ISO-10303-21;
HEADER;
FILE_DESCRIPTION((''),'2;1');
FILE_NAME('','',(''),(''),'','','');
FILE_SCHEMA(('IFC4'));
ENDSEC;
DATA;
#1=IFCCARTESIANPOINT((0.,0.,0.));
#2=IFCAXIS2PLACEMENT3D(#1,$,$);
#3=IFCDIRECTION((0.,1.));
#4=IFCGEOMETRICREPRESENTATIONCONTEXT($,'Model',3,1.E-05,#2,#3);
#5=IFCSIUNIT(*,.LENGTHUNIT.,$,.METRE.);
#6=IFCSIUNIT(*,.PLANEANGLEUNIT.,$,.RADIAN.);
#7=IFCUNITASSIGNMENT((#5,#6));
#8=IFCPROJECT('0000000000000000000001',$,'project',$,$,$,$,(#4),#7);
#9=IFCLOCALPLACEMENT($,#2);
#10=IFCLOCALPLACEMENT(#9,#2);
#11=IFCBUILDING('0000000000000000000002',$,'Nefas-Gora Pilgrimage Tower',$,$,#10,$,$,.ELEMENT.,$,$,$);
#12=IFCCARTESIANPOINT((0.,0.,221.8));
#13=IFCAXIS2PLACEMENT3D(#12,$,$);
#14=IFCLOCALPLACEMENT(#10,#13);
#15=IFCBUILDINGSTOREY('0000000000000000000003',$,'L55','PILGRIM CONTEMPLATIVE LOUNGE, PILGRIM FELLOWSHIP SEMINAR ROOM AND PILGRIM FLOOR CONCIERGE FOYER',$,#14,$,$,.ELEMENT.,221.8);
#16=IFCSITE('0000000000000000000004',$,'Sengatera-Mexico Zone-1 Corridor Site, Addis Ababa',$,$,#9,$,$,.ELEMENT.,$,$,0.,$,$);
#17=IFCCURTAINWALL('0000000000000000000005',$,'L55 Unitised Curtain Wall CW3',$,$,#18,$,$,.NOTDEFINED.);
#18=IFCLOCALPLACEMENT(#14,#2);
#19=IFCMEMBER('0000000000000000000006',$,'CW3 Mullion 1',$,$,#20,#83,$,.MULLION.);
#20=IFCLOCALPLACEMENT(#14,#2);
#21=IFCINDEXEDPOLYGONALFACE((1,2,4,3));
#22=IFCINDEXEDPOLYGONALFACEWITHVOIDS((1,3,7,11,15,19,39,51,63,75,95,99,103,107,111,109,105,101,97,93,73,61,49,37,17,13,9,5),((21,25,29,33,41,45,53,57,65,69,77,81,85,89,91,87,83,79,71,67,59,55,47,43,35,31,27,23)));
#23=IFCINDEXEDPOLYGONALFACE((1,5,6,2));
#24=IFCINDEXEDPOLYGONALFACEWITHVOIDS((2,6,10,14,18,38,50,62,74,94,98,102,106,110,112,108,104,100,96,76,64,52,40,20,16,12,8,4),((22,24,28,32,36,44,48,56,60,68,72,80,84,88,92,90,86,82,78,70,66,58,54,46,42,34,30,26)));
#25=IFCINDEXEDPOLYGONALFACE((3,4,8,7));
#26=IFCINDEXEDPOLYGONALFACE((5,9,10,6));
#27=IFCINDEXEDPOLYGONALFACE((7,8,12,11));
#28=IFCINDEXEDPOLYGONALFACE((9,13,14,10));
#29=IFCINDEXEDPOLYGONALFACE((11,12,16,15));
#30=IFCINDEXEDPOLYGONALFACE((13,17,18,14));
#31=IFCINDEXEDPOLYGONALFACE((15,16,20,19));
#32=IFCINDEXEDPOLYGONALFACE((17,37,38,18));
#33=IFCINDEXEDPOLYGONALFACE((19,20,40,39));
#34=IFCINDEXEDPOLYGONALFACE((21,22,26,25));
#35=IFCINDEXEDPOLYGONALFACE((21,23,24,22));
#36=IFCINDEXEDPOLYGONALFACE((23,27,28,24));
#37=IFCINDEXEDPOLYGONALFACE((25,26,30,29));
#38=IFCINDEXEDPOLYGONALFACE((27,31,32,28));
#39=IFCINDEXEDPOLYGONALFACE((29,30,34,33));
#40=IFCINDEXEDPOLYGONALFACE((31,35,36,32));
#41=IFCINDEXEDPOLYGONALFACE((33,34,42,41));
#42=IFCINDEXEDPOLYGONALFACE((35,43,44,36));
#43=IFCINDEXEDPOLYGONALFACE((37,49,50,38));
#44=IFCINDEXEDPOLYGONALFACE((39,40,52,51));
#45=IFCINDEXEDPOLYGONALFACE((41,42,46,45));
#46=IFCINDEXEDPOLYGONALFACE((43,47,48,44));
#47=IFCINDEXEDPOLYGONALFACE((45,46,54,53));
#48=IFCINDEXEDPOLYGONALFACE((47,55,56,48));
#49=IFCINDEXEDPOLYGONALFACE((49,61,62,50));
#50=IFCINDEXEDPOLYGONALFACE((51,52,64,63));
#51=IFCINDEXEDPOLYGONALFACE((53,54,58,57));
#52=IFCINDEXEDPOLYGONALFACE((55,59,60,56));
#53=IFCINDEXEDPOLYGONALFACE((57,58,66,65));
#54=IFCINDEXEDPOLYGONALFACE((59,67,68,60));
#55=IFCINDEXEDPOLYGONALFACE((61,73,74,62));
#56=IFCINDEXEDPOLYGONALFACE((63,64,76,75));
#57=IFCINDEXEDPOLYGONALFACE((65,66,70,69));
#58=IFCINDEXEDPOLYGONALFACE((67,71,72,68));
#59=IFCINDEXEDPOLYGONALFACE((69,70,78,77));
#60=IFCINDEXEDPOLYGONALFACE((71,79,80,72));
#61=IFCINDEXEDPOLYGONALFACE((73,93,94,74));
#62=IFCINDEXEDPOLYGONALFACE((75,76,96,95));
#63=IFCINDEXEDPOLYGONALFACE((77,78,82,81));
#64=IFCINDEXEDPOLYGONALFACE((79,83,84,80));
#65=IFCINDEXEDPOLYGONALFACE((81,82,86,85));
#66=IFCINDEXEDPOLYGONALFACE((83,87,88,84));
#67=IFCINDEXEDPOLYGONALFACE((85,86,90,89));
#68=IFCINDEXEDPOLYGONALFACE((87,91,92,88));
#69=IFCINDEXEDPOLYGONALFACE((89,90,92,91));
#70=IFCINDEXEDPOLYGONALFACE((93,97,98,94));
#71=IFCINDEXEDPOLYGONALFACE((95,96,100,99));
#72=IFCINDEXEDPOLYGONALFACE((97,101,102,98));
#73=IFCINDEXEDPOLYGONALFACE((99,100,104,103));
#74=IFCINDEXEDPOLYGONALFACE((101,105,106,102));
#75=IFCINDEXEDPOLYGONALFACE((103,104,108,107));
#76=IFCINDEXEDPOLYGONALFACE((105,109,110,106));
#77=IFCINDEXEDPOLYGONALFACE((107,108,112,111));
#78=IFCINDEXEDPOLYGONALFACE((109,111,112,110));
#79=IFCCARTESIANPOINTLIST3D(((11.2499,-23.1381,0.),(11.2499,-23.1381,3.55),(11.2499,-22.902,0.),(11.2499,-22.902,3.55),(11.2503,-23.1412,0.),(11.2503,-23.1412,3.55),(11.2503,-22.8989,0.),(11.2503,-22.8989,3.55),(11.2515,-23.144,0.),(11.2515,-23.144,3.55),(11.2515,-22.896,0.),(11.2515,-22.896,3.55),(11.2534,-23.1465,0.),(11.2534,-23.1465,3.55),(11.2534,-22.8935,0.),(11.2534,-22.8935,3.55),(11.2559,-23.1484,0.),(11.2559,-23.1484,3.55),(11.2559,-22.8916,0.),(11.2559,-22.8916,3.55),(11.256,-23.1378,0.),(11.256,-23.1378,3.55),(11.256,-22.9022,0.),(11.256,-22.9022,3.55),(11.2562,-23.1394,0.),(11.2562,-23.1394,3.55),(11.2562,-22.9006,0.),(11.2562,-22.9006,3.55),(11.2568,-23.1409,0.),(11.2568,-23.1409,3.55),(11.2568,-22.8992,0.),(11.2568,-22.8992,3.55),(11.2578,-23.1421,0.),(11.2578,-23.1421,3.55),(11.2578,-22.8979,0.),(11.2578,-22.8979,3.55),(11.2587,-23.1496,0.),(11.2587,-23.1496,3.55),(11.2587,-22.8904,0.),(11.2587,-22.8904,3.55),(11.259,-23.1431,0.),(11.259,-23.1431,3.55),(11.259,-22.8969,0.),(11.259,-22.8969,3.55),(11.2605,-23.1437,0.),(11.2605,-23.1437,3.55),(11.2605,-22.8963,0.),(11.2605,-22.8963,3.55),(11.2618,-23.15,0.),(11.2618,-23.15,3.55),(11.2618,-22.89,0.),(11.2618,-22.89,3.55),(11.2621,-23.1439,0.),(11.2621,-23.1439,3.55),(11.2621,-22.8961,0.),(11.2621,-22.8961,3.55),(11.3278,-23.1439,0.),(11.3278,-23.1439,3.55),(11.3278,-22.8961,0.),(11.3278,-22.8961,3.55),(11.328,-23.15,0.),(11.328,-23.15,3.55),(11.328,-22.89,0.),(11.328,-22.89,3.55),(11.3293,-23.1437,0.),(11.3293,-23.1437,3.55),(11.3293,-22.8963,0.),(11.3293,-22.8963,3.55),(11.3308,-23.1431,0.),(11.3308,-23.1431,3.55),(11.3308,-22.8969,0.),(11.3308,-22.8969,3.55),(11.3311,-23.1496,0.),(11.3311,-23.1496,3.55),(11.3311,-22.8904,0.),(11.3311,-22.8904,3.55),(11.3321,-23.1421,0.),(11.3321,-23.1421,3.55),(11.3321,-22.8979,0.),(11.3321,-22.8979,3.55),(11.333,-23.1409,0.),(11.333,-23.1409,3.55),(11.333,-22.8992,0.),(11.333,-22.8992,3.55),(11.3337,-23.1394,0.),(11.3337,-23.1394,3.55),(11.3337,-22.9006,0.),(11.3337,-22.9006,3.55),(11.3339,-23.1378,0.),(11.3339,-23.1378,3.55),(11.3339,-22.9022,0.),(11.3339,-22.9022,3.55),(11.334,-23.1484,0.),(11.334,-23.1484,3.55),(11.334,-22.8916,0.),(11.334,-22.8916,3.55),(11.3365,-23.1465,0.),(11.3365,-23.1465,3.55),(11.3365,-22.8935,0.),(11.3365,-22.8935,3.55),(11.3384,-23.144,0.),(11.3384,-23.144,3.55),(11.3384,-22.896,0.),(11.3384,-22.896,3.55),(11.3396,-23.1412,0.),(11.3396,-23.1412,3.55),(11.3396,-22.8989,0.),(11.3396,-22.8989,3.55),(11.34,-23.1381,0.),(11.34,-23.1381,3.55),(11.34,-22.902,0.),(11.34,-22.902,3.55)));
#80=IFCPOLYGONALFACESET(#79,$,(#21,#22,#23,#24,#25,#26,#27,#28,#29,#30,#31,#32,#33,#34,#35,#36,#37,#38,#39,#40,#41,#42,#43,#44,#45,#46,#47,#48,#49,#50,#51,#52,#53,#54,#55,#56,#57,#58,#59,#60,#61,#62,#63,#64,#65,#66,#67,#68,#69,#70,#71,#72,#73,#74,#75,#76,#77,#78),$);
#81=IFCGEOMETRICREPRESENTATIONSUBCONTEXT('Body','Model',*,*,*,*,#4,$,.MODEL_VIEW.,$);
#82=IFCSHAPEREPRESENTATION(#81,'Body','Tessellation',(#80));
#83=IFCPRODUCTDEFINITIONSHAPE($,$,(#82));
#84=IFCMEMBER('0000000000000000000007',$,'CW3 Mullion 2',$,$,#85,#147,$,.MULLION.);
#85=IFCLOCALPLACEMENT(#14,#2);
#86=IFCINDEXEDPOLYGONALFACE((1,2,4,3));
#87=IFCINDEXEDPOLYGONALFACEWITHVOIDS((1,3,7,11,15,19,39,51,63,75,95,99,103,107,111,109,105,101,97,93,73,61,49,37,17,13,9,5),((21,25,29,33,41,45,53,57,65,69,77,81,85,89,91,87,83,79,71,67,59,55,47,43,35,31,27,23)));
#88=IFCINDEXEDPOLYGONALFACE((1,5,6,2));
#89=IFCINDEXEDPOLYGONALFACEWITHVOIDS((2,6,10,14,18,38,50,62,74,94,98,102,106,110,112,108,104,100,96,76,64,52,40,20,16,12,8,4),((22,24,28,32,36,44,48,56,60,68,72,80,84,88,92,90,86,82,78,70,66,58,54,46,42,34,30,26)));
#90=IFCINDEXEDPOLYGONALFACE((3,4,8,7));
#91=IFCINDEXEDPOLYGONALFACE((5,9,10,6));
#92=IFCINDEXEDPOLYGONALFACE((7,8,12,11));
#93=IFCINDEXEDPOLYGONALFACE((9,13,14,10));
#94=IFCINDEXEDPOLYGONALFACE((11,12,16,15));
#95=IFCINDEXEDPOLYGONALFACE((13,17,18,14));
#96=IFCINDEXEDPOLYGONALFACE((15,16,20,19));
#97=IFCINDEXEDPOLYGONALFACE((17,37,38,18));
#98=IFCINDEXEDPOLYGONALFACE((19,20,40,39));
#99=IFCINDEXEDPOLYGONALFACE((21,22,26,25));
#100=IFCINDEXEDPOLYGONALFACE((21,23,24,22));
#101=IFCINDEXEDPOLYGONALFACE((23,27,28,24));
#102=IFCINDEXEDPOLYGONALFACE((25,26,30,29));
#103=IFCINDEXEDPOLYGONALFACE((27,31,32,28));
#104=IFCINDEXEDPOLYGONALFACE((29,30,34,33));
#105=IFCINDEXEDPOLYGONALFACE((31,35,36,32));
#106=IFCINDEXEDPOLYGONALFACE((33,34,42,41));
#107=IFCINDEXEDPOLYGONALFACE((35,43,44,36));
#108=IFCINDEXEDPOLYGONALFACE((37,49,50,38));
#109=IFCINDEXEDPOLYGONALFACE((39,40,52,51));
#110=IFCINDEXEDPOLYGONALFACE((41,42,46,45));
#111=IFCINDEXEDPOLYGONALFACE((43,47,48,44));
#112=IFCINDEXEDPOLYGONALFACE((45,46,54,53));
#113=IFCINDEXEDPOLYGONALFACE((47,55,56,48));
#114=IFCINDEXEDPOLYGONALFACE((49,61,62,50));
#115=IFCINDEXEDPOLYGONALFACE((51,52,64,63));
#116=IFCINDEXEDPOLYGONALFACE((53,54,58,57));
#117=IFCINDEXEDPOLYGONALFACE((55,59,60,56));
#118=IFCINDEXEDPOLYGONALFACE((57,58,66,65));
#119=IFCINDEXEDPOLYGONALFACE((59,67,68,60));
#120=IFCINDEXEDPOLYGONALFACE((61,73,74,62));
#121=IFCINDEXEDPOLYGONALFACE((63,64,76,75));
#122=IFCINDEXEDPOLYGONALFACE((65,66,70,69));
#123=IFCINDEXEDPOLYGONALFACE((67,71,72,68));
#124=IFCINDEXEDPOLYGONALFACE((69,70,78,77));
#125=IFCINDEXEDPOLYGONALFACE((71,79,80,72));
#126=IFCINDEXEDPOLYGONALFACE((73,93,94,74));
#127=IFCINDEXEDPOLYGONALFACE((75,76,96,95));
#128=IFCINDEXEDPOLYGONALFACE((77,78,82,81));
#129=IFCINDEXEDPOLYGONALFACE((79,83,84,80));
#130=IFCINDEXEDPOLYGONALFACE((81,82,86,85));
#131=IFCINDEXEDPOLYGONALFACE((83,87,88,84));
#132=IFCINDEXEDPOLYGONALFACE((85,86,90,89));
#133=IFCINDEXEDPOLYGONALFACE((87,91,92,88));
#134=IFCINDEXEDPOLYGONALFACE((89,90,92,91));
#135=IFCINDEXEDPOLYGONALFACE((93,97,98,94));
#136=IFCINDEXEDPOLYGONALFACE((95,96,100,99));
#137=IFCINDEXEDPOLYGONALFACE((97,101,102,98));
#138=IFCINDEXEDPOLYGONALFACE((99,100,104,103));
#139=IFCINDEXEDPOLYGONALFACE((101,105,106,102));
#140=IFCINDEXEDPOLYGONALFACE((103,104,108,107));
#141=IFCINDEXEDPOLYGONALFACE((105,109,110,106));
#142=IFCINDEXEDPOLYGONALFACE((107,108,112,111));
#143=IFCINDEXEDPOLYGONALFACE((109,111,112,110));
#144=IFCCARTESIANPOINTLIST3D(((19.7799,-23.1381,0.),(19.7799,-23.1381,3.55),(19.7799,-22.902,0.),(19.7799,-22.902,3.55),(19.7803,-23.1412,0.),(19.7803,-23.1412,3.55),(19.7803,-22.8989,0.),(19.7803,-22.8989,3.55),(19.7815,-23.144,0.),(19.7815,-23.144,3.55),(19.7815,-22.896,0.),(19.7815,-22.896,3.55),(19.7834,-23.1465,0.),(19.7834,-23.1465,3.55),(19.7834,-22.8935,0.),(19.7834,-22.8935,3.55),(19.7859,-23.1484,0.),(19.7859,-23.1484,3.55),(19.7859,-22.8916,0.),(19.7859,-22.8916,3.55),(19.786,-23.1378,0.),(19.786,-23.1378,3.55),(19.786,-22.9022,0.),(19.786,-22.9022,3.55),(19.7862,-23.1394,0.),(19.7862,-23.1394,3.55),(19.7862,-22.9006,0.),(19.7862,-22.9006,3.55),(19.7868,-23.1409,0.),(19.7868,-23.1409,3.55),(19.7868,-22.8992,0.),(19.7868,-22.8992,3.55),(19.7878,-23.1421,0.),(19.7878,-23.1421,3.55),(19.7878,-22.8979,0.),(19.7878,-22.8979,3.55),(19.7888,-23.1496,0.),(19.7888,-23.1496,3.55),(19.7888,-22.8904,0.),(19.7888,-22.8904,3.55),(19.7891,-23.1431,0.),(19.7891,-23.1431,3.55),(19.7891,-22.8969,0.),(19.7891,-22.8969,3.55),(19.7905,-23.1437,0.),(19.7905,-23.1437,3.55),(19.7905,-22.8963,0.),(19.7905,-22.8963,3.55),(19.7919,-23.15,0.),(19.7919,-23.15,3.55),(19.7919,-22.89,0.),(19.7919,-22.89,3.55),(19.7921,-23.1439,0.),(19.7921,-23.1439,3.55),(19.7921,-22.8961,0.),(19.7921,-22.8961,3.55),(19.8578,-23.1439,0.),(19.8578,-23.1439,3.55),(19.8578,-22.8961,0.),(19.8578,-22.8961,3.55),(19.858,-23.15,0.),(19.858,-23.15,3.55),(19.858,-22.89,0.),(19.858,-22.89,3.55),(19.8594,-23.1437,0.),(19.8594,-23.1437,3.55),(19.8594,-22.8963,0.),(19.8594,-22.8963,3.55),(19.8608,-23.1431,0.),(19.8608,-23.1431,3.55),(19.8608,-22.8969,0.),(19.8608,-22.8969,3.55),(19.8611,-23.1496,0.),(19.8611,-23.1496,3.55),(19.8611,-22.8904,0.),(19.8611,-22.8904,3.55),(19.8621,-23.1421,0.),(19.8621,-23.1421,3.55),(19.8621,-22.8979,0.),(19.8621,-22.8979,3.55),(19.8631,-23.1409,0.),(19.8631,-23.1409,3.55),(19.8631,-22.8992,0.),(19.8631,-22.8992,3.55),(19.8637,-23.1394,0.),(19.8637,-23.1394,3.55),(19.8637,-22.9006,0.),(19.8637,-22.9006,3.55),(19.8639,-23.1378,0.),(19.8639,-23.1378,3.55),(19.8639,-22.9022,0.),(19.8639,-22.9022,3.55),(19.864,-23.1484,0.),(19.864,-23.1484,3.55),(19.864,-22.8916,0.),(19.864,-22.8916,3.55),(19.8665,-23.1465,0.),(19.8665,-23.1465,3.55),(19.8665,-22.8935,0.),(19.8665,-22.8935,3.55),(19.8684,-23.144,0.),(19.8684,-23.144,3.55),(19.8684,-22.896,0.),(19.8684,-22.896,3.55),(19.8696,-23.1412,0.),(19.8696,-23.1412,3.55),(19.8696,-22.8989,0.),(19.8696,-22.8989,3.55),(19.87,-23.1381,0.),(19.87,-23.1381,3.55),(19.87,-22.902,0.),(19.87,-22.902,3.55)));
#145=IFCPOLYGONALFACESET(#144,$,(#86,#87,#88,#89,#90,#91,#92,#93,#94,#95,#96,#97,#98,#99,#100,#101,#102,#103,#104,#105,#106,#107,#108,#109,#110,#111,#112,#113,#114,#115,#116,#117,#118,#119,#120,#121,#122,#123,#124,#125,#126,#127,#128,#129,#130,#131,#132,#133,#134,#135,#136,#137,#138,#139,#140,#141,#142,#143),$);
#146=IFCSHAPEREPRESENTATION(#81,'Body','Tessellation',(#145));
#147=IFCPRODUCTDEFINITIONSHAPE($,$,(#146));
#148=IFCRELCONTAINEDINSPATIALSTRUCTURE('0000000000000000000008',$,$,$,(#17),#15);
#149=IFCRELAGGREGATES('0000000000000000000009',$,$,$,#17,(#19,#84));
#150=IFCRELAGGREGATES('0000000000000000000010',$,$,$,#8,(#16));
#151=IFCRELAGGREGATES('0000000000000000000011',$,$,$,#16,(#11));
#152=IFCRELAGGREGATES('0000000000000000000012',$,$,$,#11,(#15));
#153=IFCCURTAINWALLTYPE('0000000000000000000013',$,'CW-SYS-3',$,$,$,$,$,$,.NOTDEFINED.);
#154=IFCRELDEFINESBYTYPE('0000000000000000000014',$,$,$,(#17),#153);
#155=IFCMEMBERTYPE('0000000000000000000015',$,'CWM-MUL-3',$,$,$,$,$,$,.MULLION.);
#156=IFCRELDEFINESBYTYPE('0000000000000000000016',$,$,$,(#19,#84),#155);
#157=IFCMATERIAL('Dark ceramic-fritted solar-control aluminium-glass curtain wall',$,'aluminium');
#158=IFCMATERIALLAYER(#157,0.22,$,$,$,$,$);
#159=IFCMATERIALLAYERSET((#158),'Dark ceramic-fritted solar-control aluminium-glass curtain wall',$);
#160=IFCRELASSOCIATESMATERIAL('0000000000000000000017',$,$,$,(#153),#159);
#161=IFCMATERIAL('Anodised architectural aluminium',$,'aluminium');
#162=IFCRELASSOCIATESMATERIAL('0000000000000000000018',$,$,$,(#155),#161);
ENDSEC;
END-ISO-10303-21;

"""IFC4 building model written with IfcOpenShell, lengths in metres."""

from ifc_helpers import new_model, si_unit, direction, frame, origin, origin_2d, place, context, subcontext, project, spatial, hollow_rectangle, extrude, source, transform, mapped, material, layer, layer_set, material_profile, profile_set, type_object, element, aggregate, save


model = new_model("IFC4")

# Units and contexts
model_context = context("Model", 3, precision=1e-05, world=origin(), true_north=direction((0.0, 1.0)))
body_context = subcontext(model_context, "Body", "Model", "MODEL_VIEW")
ifc_project = project(units=[si_unit("LENGTHUNIT", "METRE"), si_unit("PLANEANGLEUNIT", "RADIAN")], contexts=[model_context])

# Site, building, storey
site_placement = place(None, origin())
site = spatial("IfcSite", under=ifc_project, at=site_placement, Name="Sengatera-Mexico Zone-1 Corridor Site, Addis Ababa", CompositionType="ELEMENT", RefElevation=0.0)
building_placement = place(site_placement, origin())
building = spatial("IfcBuilding", under=site, at=building_placement, Name="Nefas-Gora Pilgrimage Tower", CompositionType="ELEMENT")
storey_placement = place(building_placement, frame((0.0, 0.0, 221.8)))
storey = spatial("IfcBuildingStorey", under=building, at=storey_placement, Name="L55", Description="PILGRIM CONTEMPLATIVE LOUNGE, PILGRIM FELLOWSHIP SEMINAR ROOM AND PILGRIM FLOOR CONCIERGE FOYER", CompositionType="ELEMENT", Elevation=221.8)

# Curtain wall, members
ifc_material_1 = material(Name="Dark ceramic-fritted solar-control aluminium-glass curtain wall", Category="aluminium")
ifc_layer_1 = layer(ifc_material_1, 0.22)
ifc_layer_set_1 = layer_set([ifc_layer_1], Name="Dark ceramic-fritted solar-control aluminium-glass curtain wall")
curtain_wall_type = type_object("IfcCurtainWallType", Name="CW-SYS-3", PredefinedType="NOTDEFINED", material=ifc_layer_set_1)
curtain_wall_1_placement = place(storey_placement, origin())
curtain_wall_1 = element("IfcCurtainWall", 1, at=curtain_wall_1_placement, inside=storey, type_object=curtain_wall_type, Name="L55 Unitised Curtain Wall CW3", PredefinedType="NOTDEFINED")
ifc_material_2 = material(Name="Anodised architectural aluminium", Category="aluminium")
ifc_material_profile_1 = material_profile(ifc_material_2, hollow_rectangle(XDim=0.0901, YDim=0.26, WallThickness=0.0061, InnerFilletRadius=0.0061, OuterFilletRadius=0.012, at=origin_2d()), Name="ALU MULLION 90x260")
ifc_profile_set_1 = profile_set([ifc_material_profile_1], Name="Anodised architectural aluminium")
member_type_1 = type_object("IfcMemberType", Name="CWM-MUL-3", PredefinedType="MULLION", material=ifc_profile_set_1)
shared_shape_1 = source(origin(), body_context, "Body", "SweptSolid", [
    extrude(hollow_rectangle(XDim=0.0901, YDim=0.26, WallThickness=0.0061, InnerFilletRadius=0.0061, OuterFilletRadius=0.012, at=origin_2d()), origin(), (0.0, 0.0, 1.0), 3.55),
])
member_1_placement = place(storey_placement, frame((11.2949, -23.02, 0.0), z_axis=(0.0, 0.0, 1.0), x_axis=(1.0, 0.0, 0.0)))
member_1 = element("IfcMember", 2, at=member_1_placement, type_object=member_type_1, Name="CW3 Mullion 1", PredefinedType="MULLION", context=body_context, shape_type="MappedRepresentation", body=[
    mapped(shared_shape_1, transform((0.0, 0.0, 0.0), x_axis=(1.0, 0.0, 0.0), y_axis=(0.0, 1.0, 0.0), z_axis=(0.0, 0.0, 1.0), scale=1.0)),
])
member_2_placement = place(storey_placement, frame((19.825, -23.02, 0.0), z_axis=(0.0, 0.0, 1.0), x_axis=(1.0, 0.0, 0.0)))
member_2 = element("IfcMember", 3, at=member_2_placement, type_object=member_type_1, Name="CW3 Mullion 2", PredefinedType="MULLION", context=body_context, shape_type="MappedRepresentation", body=[
    mapped(shared_shape_1, transform((0.0, 0.0, 0.0), x_axis=(1.0, 0.0, 0.0), y_axis=(0.0, 1.0, 0.0), z_axis=(0.0, 0.0, 1.0), scale=1.0)),
])

aggregate(curtain_wall_1, [member_1, member_2])

save(model, "model.ifc")
